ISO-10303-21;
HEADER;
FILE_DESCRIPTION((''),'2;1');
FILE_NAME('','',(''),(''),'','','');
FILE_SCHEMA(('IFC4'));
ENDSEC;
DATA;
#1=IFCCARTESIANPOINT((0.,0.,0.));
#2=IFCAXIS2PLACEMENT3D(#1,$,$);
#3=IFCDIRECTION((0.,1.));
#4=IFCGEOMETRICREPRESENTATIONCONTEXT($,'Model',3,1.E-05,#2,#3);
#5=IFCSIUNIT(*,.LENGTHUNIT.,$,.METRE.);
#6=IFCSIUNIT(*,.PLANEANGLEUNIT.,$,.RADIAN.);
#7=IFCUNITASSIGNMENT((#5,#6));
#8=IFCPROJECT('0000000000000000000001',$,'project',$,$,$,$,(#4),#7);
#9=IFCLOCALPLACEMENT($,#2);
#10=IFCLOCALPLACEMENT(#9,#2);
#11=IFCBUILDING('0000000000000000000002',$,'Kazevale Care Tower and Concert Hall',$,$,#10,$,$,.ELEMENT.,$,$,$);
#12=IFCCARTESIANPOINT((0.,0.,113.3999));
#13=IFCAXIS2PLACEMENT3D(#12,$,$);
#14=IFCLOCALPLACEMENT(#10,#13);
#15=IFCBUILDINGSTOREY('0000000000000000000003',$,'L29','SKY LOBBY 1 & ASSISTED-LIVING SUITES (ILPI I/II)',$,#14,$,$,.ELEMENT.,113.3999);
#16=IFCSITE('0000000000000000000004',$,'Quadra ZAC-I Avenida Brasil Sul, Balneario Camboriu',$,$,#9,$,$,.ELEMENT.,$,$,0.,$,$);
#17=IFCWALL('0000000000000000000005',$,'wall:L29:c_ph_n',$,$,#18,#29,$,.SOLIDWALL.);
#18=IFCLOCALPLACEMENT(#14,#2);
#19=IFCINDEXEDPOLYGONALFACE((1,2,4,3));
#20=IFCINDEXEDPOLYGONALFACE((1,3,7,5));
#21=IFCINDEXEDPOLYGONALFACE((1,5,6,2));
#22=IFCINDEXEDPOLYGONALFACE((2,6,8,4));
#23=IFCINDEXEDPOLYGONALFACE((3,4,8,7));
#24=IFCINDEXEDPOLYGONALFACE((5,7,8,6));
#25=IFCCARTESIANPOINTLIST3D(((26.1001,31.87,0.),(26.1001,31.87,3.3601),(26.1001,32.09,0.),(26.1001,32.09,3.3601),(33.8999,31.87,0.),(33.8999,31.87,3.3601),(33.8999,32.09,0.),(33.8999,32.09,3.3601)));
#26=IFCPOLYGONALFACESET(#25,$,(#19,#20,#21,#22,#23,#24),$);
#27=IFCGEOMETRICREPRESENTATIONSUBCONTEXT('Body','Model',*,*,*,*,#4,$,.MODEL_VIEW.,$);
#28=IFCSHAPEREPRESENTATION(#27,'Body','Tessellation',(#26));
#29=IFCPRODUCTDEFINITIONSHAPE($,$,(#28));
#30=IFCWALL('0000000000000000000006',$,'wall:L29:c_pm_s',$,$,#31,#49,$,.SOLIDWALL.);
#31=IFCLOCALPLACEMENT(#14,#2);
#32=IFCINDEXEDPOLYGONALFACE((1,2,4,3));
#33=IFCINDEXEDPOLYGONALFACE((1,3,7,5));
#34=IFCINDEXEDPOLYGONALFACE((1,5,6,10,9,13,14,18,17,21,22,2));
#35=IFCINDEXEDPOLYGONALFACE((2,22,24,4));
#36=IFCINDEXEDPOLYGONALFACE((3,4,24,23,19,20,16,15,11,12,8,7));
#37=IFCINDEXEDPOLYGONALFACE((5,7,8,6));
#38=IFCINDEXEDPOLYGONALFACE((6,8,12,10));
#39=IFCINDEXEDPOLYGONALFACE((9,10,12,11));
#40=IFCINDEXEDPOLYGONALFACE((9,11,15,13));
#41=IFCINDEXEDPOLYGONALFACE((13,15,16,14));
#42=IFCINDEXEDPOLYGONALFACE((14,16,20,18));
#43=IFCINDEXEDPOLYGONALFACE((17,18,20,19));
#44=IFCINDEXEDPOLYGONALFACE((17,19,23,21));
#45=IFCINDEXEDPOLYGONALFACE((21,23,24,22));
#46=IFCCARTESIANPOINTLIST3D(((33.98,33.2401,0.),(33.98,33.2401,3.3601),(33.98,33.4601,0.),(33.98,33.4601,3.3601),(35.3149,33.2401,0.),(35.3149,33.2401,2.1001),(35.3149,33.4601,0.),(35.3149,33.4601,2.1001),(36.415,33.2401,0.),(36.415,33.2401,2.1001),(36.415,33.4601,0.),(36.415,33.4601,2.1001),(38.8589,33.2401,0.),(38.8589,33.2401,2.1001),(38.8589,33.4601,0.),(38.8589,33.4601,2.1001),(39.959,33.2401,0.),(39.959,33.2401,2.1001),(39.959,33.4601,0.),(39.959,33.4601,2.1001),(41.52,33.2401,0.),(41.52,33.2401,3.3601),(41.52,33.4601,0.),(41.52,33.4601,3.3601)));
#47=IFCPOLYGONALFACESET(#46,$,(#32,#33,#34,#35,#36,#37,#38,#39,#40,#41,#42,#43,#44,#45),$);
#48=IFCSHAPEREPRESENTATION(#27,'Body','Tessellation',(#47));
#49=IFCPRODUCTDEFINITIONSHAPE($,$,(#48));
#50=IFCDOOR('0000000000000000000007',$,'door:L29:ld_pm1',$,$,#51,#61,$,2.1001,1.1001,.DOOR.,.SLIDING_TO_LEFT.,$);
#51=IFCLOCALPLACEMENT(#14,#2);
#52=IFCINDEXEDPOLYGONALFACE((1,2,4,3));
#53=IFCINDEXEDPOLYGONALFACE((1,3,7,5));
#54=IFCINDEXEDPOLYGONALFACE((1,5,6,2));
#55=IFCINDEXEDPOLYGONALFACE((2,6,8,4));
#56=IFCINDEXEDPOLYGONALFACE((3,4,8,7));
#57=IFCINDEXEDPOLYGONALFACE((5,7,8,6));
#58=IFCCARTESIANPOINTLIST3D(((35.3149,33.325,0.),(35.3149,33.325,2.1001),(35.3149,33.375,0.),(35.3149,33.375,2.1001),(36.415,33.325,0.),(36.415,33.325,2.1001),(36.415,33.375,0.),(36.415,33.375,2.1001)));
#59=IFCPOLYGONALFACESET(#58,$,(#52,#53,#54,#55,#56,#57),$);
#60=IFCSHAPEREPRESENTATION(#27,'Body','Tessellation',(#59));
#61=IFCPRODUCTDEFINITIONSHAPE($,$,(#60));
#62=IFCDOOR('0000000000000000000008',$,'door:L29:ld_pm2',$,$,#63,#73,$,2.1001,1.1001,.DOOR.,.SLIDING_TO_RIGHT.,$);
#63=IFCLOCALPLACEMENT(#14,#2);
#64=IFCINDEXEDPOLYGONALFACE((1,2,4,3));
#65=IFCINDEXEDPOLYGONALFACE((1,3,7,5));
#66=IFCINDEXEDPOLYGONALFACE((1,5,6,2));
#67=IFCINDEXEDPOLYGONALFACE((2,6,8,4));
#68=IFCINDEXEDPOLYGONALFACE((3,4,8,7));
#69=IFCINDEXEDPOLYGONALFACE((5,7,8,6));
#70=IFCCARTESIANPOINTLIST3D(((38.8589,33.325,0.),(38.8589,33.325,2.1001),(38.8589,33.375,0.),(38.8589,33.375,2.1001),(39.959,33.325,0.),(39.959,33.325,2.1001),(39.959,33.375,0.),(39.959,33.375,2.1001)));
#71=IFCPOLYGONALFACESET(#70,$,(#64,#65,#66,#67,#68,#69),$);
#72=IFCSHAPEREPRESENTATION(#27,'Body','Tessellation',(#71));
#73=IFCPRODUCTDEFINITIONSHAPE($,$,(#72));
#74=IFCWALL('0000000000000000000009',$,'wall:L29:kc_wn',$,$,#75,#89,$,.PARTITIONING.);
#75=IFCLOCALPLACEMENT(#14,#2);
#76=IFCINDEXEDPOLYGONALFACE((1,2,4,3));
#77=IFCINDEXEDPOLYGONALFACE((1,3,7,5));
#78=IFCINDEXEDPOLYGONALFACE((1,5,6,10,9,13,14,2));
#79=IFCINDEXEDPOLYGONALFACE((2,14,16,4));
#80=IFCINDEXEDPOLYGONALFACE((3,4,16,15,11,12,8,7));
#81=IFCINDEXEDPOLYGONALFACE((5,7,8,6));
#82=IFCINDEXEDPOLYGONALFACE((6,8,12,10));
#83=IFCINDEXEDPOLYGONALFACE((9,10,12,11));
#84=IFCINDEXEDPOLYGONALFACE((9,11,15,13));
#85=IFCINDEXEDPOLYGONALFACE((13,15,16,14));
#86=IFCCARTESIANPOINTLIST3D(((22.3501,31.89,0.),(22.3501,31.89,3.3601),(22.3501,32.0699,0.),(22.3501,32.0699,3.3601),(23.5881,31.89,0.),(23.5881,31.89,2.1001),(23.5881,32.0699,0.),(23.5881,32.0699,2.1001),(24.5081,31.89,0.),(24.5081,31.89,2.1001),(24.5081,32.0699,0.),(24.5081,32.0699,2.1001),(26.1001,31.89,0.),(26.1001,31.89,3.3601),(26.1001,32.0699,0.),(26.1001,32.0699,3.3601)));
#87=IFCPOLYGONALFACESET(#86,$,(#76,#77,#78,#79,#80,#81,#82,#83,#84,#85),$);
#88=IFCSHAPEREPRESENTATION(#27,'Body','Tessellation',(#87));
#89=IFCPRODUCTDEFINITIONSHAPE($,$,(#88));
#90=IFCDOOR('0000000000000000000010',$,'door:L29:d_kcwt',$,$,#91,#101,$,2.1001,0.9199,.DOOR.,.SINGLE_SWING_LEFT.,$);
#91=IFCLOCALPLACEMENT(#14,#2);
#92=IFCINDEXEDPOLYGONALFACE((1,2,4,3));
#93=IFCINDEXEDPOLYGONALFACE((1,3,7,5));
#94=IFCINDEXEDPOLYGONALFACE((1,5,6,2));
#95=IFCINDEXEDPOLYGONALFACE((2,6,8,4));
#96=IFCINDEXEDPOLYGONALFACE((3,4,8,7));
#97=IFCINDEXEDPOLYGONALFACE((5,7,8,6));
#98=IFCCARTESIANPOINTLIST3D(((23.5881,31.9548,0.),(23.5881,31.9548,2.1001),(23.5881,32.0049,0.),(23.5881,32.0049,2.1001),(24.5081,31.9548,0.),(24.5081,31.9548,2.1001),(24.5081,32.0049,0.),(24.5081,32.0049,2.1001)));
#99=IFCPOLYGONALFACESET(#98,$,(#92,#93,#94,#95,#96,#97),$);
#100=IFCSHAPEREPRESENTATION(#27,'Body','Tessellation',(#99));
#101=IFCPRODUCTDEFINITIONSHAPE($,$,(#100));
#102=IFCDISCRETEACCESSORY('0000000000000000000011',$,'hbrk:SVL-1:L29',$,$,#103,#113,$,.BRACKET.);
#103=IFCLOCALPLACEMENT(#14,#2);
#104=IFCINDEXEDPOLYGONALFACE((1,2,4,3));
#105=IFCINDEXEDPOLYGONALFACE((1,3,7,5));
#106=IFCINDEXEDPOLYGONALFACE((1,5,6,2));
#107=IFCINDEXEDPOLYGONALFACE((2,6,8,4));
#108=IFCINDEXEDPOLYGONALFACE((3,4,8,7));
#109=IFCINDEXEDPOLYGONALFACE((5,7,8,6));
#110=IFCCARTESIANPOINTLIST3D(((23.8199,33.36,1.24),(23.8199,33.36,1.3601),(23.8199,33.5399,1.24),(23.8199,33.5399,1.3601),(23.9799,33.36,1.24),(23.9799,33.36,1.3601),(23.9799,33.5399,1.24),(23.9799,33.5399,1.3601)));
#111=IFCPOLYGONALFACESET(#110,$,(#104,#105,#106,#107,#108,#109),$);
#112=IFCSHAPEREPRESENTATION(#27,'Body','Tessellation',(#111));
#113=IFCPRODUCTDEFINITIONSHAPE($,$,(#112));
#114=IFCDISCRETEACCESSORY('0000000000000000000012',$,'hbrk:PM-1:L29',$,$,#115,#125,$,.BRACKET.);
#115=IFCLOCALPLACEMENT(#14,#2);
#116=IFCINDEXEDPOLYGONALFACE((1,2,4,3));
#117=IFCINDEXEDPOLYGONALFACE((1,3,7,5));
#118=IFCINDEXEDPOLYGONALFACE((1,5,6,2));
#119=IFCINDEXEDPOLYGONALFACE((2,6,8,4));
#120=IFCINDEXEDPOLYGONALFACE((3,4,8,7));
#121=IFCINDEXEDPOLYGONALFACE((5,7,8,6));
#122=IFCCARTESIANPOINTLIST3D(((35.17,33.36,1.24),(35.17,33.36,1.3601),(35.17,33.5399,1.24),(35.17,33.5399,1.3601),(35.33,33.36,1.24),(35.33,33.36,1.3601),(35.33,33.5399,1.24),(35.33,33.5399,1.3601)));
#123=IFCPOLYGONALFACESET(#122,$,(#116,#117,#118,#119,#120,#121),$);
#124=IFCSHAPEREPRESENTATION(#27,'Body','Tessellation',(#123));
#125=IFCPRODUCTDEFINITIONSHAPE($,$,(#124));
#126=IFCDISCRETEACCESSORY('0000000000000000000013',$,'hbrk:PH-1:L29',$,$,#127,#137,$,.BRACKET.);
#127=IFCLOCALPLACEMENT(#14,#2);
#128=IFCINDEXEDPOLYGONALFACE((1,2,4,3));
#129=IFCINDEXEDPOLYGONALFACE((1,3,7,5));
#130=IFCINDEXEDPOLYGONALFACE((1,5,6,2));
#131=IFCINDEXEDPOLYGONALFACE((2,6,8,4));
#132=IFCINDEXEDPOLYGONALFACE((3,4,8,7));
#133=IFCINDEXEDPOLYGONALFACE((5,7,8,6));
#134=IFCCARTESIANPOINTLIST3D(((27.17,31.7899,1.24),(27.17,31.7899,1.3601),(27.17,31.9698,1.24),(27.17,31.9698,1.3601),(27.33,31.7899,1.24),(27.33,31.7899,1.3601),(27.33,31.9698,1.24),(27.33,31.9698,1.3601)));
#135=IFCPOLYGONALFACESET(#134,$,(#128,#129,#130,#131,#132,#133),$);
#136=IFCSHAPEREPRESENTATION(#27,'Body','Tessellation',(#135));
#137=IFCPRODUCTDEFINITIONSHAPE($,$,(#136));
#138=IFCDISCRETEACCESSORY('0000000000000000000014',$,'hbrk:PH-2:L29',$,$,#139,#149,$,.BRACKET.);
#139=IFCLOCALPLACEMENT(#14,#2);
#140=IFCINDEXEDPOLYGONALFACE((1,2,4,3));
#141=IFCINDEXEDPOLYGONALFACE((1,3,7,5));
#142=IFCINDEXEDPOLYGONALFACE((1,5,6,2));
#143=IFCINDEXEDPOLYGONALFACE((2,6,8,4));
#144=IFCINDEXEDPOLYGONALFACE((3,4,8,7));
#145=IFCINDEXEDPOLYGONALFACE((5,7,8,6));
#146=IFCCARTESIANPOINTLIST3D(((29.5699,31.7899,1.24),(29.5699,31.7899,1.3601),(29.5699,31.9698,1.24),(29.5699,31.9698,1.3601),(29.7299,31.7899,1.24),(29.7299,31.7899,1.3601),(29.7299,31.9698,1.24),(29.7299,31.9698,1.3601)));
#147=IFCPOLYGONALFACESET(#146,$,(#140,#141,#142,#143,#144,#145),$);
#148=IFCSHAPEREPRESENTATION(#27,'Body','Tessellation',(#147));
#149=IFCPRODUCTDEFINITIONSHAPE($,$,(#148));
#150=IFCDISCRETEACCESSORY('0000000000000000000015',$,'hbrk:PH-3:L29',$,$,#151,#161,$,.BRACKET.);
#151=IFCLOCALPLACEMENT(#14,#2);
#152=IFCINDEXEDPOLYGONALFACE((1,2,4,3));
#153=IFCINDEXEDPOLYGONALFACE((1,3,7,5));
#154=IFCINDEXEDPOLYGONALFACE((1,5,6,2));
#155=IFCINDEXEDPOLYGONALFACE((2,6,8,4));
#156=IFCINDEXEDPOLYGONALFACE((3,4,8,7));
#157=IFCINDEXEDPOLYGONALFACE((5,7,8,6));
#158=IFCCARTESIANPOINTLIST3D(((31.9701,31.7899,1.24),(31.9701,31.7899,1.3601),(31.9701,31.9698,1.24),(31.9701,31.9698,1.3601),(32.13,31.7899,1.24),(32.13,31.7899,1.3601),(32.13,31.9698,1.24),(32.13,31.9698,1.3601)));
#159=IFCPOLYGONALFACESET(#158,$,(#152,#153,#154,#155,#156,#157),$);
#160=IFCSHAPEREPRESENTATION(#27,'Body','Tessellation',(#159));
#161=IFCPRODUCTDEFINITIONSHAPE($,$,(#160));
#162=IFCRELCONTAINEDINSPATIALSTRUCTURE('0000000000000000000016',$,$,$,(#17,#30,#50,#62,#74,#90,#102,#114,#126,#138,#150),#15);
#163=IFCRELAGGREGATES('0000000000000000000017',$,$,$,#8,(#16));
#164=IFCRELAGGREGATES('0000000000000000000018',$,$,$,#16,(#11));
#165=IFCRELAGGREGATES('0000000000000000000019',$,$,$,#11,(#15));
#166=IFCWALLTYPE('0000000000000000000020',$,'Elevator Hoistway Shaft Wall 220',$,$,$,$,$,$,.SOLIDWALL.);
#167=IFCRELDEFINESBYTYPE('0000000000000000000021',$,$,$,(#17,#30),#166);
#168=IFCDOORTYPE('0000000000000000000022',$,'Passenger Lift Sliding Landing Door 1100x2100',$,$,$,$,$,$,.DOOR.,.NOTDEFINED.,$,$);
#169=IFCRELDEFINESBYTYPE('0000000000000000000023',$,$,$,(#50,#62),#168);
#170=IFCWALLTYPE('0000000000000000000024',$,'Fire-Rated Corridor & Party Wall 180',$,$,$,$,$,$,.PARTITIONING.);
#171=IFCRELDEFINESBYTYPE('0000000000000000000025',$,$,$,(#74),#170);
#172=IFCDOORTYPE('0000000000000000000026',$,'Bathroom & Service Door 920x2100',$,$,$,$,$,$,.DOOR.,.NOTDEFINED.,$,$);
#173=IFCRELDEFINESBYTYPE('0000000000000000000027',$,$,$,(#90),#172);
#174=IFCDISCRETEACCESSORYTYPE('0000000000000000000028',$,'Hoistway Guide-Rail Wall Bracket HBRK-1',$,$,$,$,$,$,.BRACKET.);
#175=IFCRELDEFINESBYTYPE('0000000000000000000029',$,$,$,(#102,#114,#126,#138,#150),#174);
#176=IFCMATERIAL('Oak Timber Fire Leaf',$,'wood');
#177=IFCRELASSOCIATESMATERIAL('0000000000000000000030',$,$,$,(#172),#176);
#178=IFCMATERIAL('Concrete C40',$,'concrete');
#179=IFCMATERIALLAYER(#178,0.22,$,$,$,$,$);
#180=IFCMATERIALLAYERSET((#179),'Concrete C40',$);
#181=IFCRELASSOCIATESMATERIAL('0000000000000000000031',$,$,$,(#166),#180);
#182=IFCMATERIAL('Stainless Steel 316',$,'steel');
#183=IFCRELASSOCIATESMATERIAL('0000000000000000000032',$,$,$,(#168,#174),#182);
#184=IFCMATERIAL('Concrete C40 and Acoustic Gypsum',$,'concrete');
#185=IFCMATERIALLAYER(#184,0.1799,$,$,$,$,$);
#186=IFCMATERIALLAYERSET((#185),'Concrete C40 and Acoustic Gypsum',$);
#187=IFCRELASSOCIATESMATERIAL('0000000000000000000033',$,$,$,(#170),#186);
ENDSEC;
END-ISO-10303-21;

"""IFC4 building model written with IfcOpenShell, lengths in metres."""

from ifc_helpers import new_model, si_unit, direction, frame, frame_2d, origin, origin_2d, place, context, subcontext, project, spatial, rectangle, extrude, material, layer, layer_set, type_object, element, fill, save


model = new_model("IFC4")

# Units and contexts
model_context = context("Model", 3, precision=1e-05, world=origin(), true_north=direction((0.0, 1.0)))
body_context = subcontext(model_context, "Body", "Model", "MODEL_VIEW")
ifc_project = project(units=[si_unit("LENGTHUNIT", "METRE"), si_unit("PLANEANGLEUNIT", "RADIAN")], contexts=[model_context])

# Site, building, storey
site_placement = place(None, origin())
site = spatial("IfcSite", under=ifc_project, at=site_placement, Name="Quadra ZAC-I Avenida Brasil Sul, Balneario Camboriu", CompositionType="ELEMENT", RefElevation=0.0)
building_placement = place(site_placement, origin())
building = spatial("IfcBuilding", under=site, at=building_placement, Name="Kazevale Care Tower and Concert Hall", CompositionType="ELEMENT")
storey_placement = place(building_placement, frame((0.0, 0.0, 113.3999)))
storey = spatial("IfcBuildingStorey", under=building, at=storey_placement, Name="L29", Description="SKY LOBBY 1 & ASSISTED-LIVING SUITES (ILPI I/II)", CompositionType="ELEMENT", Elevation=113.3999)

# Shared definitions
ifc_material_1 = material(Name="Oak Timber Fire Leaf", Category="wood")
door_type_1 = type_object("IfcDoorType", Name="Bathroom & Service Door 920x2100", OperationType="NOTDEFINED", PredefinedType="DOOR", material=ifc_material_1)

# Shared definitions
ifc_material_2 = material(Name="Concrete C40", Category="concrete")
ifc_layer_1 = layer(ifc_material_2, 0.22)
ifc_layer_set_1 = layer_set([ifc_layer_1], Name="Concrete C40")
wall_type_1 = type_object("IfcWallType", Name="Elevator Hoistway Shaft Wall 220", PredefinedType="SOLIDWALL", material=ifc_layer_set_1)

# Shared definitions
ifc_material_3 = material(Name="Stainless Steel 316", Category="steel")

# Wall
wall_1_placement = place(storey_placement, frame((26.1001, 31.98, 0.0), z_axis=(0.0, 0.0, 1.0), x_axis=(1.0, 0.0, 0.0)))
element("IfcWall", 1, at=wall_1_placement, inside=storey, type_object=wall_type_1, Name="wall:L29:c_ph_n", PredefinedType="SOLIDWALL", context=body_context, shape_type="SweptSolid", body=[
    extrude(rectangle(XDim=7.7998, YDim=0.22, at=frame_2d((3.8999, 0.0))), origin(), (0.0, 0.0, 1.0), 3.3601),
])

# Wall, openings, doors
wall_2_placement = place(storey_placement, frame((33.98, 33.3501, 0.0), z_axis=(0.0, 0.0, 1.0), x_axis=(1.0, 0.0, 0.0)))
wall_2 = element("IfcWall", 2, at=wall_2_placement, inside=storey, type_object=wall_type_1, Name="wall:L29:c_pm_s", PredefinedType="SOLIDWALL", context=body_context, shape_type="SweptSolid", body=[
    extrude(rectangle(XDim=7.54, YDim=0.22, at=frame_2d((3.77, 0.0))), origin(), (0.0, 0.0, 1.0), 3.3601),
])
opening_1_placement = place(wall_2_placement, frame((1.335, 0.0, 0.0)))
opening_1 = element("IfcOpeningElement", 3, at=opening_1_placement, cuts=wall_2, PredefinedType="OPENING", context=body_context, shape_type="SweptSolid", body=[
    extrude(rectangle(XDim=1.1001, YDim=2.1001, at=frame_2d((0.55, 1.05))), frame((0.0, 0.1199, 0.0), z_axis=(0.0, -1.0, 0.0), x_axis=(1.0, 0.0, 0.0)), (0.0, 0.0, 1.0), 0.24),
])
opening_2_placement = place(wall_2_placement, frame((4.8789, 0.0, 0.0)))
opening_2 = element("IfcOpeningElement", 4, at=opening_2_placement, cuts=wall_2, PredefinedType="OPENING", context=body_context, shape_type="SweptSolid", body=[
    extrude(rectangle(XDim=1.1001, YDim=2.1001, at=frame_2d((0.55, 1.05))), frame((0.0, 0.1199, 0.0), z_axis=(0.0, -1.0, 0.0), x_axis=(1.0, 0.0, 0.0)), (0.0, 0.0, 1.0), 0.24),
])
door_type_2 = type_object("IfcDoorType", Name="Passenger Lift Sliding Landing Door 1100x2100", OperationType="NOTDEFINED", PredefinedType="DOOR", material=ifc_material_3)
door_1_placement = place(opening_1_placement, origin())
door_1 = element("IfcDoor", 5, at=door_1_placement, inside=storey, type_object=door_type_2, Name="door:L29:ld_pm1", OperationType="SLIDING_TO_LEFT", OverallHeight=2.1001, OverallWidth=1.1001, PredefinedType="DOOR", context=body_context, shape_type="SweptSolid", body=[
    extrude(rectangle(XDim=1.1001, YDim=2.1001, at=frame_2d((0.55, 1.05))), frame((0.0, 0.0249, 0.0), z_axis=(0.0, -1.0, 0.0), x_axis=(1.0, 0.0, 0.0)), (0.0, 0.0, 1.0), 0.05),
])
fill(opening_1, door_1)
door_2_placement = place(opening_2_placement, origin())
door_2 = element("IfcDoor", 6, at=door_2_placement, inside=storey, type_object=door_type_2, Name="door:L29:ld_pm2", OperationType="SLIDING_TO_RIGHT", OverallHeight=2.1001, OverallWidth=1.1001, PredefinedType="DOOR", context=body_context, shape_type="SweptSolid", body=[
    extrude(rectangle(XDim=1.1001, YDim=2.1001, at=frame_2d((0.55, 1.05))), frame((0.0, 0.0249, 0.0), z_axis=(0.0, -1.0, 0.0), x_axis=(1.0, 0.0, 0.0)), (0.0, 0.0, 1.0), 0.05),
])
fill(opening_2, door_2)

# Wall, opening, door
ifc_material_4 = material(Name="Concrete C40 and Acoustic Gypsum", Category="concrete")
ifc_layer_2 = layer(ifc_material_4, 0.1799)
ifc_layer_set_2 = layer_set([ifc_layer_2], Name="Concrete C40 and Acoustic Gypsum")
wall_type_2 = type_object("IfcWallType", Name="Fire-Rated Corridor & Party Wall 180", PredefinedType="PARTITIONING", material=ifc_layer_set_2)
wall_3_placement = place(storey_placement, frame((22.3501, 31.98, 0.0), z_axis=(0.0, 0.0, 1.0), x_axis=(1.0, 0.0, 0.0)))
wall_3 = element("IfcWall", 7, at=wall_3_placement, inside=storey, type_object=wall_type_2, Name="wall:L29:kc_wn", PredefinedType="PARTITIONING", context=body_context, shape_type="SweptSolid", body=[
    extrude(rectangle(XDim=3.75, YDim=0.1799, at=frame_2d((1.875, 0.0))), origin(), (0.0, 0.0, 1.0), 3.3601),
])
opening_3_placement = place(wall_3_placement, frame((1.238, 0.0, 0.0)))
opening_3 = element("IfcOpeningElement", 8, at=opening_3_placement, cuts=wall_3, PredefinedType="OPENING", context=body_context, shape_type="SweptSolid", body=[
    extrude(rectangle(XDim=0.9199, YDim=2.1001, at=frame_2d((0.46, 1.05))), frame((0.0, 0.0999, 0.0), z_axis=(0.0, -1.0, 0.0), x_axis=(1.0, 0.0, 0.0)), (0.0, 0.0, 1.0), 0.2),
])
door_3_placement = place(opening_3_placement, origin())
door_3 = element("IfcDoor", 9, at=door_3_placement, inside=storey, type_object=door_type_1, Name="door:L29:d_kcwt", OperationType="SINGLE_SWING_LEFT", OverallHeight=2.1001, OverallWidth=0.9199, PredefinedType="DOOR", context=body_context, shape_type="SweptSolid", body=[
    extrude(rectangle(XDim=0.9199, YDim=2.1001, at=frame_2d((0.46, 1.05))), frame((0.0, 0.0249, 0.0), z_axis=(0.0, -1.0, 0.0), x_axis=(1.0, 0.0, 0.0)), (0.0, 0.0, 1.0), 0.05),
])
fill(opening_3, door_3)

# Discrete accessories
discrete_accessory_type = type_object("IfcDiscreteAccessoryType", Name="Hoistway Guide-Rail Wall Bracket HBRK-1", PredefinedType="BRACKET", material=ifc_material_3)
for number, where, z_axis, x_axis, name in (
    (10, (23.8999, 33.45, 1.24), (0.0, 0.0, 1.0), (1.0, 0.0, 0.0), "hbrk:SVL-1:L29"),
    (11, (35.25, 33.45, 1.24), (0.0, 0.0, 1.0), (1.0, 0.0, 0.0), "hbrk:PM-1:L29"),
    (12, (27.25, 31.8799, 1.24), (0.0, 0.0, 1.0), (1.0, 0.0, 0.0), "hbrk:PH-1:L29"),
    (13, (29.6499, 31.8799, 1.24), (0.0, 0.0, 1.0), (1.0, 0.0, 0.0), "hbrk:PH-2:L29"),
    (14, (32.05, 31.8799, 1.24), (0.0, 0.0, 1.0), (1.0, 0.0, 0.0), "hbrk:PH-3:L29"),
):
    element("IfcDiscreteAccessory", number, at=place(storey_placement, frame(where, z_axis=z_axis, x_axis=x_axis)), inside=storey, type_object=discrete_accessory_type, Name=name, PredefinedType="BRACKET", context=body_context, shape_type="SweptSolid", body=[
        extrude(rectangle(XDim=0.1599, YDim=0.1799, at=origin_2d()), origin(), (0.0, 0.0, 1.0), 0.1201),
    ])

save(model, "model.ifc")
